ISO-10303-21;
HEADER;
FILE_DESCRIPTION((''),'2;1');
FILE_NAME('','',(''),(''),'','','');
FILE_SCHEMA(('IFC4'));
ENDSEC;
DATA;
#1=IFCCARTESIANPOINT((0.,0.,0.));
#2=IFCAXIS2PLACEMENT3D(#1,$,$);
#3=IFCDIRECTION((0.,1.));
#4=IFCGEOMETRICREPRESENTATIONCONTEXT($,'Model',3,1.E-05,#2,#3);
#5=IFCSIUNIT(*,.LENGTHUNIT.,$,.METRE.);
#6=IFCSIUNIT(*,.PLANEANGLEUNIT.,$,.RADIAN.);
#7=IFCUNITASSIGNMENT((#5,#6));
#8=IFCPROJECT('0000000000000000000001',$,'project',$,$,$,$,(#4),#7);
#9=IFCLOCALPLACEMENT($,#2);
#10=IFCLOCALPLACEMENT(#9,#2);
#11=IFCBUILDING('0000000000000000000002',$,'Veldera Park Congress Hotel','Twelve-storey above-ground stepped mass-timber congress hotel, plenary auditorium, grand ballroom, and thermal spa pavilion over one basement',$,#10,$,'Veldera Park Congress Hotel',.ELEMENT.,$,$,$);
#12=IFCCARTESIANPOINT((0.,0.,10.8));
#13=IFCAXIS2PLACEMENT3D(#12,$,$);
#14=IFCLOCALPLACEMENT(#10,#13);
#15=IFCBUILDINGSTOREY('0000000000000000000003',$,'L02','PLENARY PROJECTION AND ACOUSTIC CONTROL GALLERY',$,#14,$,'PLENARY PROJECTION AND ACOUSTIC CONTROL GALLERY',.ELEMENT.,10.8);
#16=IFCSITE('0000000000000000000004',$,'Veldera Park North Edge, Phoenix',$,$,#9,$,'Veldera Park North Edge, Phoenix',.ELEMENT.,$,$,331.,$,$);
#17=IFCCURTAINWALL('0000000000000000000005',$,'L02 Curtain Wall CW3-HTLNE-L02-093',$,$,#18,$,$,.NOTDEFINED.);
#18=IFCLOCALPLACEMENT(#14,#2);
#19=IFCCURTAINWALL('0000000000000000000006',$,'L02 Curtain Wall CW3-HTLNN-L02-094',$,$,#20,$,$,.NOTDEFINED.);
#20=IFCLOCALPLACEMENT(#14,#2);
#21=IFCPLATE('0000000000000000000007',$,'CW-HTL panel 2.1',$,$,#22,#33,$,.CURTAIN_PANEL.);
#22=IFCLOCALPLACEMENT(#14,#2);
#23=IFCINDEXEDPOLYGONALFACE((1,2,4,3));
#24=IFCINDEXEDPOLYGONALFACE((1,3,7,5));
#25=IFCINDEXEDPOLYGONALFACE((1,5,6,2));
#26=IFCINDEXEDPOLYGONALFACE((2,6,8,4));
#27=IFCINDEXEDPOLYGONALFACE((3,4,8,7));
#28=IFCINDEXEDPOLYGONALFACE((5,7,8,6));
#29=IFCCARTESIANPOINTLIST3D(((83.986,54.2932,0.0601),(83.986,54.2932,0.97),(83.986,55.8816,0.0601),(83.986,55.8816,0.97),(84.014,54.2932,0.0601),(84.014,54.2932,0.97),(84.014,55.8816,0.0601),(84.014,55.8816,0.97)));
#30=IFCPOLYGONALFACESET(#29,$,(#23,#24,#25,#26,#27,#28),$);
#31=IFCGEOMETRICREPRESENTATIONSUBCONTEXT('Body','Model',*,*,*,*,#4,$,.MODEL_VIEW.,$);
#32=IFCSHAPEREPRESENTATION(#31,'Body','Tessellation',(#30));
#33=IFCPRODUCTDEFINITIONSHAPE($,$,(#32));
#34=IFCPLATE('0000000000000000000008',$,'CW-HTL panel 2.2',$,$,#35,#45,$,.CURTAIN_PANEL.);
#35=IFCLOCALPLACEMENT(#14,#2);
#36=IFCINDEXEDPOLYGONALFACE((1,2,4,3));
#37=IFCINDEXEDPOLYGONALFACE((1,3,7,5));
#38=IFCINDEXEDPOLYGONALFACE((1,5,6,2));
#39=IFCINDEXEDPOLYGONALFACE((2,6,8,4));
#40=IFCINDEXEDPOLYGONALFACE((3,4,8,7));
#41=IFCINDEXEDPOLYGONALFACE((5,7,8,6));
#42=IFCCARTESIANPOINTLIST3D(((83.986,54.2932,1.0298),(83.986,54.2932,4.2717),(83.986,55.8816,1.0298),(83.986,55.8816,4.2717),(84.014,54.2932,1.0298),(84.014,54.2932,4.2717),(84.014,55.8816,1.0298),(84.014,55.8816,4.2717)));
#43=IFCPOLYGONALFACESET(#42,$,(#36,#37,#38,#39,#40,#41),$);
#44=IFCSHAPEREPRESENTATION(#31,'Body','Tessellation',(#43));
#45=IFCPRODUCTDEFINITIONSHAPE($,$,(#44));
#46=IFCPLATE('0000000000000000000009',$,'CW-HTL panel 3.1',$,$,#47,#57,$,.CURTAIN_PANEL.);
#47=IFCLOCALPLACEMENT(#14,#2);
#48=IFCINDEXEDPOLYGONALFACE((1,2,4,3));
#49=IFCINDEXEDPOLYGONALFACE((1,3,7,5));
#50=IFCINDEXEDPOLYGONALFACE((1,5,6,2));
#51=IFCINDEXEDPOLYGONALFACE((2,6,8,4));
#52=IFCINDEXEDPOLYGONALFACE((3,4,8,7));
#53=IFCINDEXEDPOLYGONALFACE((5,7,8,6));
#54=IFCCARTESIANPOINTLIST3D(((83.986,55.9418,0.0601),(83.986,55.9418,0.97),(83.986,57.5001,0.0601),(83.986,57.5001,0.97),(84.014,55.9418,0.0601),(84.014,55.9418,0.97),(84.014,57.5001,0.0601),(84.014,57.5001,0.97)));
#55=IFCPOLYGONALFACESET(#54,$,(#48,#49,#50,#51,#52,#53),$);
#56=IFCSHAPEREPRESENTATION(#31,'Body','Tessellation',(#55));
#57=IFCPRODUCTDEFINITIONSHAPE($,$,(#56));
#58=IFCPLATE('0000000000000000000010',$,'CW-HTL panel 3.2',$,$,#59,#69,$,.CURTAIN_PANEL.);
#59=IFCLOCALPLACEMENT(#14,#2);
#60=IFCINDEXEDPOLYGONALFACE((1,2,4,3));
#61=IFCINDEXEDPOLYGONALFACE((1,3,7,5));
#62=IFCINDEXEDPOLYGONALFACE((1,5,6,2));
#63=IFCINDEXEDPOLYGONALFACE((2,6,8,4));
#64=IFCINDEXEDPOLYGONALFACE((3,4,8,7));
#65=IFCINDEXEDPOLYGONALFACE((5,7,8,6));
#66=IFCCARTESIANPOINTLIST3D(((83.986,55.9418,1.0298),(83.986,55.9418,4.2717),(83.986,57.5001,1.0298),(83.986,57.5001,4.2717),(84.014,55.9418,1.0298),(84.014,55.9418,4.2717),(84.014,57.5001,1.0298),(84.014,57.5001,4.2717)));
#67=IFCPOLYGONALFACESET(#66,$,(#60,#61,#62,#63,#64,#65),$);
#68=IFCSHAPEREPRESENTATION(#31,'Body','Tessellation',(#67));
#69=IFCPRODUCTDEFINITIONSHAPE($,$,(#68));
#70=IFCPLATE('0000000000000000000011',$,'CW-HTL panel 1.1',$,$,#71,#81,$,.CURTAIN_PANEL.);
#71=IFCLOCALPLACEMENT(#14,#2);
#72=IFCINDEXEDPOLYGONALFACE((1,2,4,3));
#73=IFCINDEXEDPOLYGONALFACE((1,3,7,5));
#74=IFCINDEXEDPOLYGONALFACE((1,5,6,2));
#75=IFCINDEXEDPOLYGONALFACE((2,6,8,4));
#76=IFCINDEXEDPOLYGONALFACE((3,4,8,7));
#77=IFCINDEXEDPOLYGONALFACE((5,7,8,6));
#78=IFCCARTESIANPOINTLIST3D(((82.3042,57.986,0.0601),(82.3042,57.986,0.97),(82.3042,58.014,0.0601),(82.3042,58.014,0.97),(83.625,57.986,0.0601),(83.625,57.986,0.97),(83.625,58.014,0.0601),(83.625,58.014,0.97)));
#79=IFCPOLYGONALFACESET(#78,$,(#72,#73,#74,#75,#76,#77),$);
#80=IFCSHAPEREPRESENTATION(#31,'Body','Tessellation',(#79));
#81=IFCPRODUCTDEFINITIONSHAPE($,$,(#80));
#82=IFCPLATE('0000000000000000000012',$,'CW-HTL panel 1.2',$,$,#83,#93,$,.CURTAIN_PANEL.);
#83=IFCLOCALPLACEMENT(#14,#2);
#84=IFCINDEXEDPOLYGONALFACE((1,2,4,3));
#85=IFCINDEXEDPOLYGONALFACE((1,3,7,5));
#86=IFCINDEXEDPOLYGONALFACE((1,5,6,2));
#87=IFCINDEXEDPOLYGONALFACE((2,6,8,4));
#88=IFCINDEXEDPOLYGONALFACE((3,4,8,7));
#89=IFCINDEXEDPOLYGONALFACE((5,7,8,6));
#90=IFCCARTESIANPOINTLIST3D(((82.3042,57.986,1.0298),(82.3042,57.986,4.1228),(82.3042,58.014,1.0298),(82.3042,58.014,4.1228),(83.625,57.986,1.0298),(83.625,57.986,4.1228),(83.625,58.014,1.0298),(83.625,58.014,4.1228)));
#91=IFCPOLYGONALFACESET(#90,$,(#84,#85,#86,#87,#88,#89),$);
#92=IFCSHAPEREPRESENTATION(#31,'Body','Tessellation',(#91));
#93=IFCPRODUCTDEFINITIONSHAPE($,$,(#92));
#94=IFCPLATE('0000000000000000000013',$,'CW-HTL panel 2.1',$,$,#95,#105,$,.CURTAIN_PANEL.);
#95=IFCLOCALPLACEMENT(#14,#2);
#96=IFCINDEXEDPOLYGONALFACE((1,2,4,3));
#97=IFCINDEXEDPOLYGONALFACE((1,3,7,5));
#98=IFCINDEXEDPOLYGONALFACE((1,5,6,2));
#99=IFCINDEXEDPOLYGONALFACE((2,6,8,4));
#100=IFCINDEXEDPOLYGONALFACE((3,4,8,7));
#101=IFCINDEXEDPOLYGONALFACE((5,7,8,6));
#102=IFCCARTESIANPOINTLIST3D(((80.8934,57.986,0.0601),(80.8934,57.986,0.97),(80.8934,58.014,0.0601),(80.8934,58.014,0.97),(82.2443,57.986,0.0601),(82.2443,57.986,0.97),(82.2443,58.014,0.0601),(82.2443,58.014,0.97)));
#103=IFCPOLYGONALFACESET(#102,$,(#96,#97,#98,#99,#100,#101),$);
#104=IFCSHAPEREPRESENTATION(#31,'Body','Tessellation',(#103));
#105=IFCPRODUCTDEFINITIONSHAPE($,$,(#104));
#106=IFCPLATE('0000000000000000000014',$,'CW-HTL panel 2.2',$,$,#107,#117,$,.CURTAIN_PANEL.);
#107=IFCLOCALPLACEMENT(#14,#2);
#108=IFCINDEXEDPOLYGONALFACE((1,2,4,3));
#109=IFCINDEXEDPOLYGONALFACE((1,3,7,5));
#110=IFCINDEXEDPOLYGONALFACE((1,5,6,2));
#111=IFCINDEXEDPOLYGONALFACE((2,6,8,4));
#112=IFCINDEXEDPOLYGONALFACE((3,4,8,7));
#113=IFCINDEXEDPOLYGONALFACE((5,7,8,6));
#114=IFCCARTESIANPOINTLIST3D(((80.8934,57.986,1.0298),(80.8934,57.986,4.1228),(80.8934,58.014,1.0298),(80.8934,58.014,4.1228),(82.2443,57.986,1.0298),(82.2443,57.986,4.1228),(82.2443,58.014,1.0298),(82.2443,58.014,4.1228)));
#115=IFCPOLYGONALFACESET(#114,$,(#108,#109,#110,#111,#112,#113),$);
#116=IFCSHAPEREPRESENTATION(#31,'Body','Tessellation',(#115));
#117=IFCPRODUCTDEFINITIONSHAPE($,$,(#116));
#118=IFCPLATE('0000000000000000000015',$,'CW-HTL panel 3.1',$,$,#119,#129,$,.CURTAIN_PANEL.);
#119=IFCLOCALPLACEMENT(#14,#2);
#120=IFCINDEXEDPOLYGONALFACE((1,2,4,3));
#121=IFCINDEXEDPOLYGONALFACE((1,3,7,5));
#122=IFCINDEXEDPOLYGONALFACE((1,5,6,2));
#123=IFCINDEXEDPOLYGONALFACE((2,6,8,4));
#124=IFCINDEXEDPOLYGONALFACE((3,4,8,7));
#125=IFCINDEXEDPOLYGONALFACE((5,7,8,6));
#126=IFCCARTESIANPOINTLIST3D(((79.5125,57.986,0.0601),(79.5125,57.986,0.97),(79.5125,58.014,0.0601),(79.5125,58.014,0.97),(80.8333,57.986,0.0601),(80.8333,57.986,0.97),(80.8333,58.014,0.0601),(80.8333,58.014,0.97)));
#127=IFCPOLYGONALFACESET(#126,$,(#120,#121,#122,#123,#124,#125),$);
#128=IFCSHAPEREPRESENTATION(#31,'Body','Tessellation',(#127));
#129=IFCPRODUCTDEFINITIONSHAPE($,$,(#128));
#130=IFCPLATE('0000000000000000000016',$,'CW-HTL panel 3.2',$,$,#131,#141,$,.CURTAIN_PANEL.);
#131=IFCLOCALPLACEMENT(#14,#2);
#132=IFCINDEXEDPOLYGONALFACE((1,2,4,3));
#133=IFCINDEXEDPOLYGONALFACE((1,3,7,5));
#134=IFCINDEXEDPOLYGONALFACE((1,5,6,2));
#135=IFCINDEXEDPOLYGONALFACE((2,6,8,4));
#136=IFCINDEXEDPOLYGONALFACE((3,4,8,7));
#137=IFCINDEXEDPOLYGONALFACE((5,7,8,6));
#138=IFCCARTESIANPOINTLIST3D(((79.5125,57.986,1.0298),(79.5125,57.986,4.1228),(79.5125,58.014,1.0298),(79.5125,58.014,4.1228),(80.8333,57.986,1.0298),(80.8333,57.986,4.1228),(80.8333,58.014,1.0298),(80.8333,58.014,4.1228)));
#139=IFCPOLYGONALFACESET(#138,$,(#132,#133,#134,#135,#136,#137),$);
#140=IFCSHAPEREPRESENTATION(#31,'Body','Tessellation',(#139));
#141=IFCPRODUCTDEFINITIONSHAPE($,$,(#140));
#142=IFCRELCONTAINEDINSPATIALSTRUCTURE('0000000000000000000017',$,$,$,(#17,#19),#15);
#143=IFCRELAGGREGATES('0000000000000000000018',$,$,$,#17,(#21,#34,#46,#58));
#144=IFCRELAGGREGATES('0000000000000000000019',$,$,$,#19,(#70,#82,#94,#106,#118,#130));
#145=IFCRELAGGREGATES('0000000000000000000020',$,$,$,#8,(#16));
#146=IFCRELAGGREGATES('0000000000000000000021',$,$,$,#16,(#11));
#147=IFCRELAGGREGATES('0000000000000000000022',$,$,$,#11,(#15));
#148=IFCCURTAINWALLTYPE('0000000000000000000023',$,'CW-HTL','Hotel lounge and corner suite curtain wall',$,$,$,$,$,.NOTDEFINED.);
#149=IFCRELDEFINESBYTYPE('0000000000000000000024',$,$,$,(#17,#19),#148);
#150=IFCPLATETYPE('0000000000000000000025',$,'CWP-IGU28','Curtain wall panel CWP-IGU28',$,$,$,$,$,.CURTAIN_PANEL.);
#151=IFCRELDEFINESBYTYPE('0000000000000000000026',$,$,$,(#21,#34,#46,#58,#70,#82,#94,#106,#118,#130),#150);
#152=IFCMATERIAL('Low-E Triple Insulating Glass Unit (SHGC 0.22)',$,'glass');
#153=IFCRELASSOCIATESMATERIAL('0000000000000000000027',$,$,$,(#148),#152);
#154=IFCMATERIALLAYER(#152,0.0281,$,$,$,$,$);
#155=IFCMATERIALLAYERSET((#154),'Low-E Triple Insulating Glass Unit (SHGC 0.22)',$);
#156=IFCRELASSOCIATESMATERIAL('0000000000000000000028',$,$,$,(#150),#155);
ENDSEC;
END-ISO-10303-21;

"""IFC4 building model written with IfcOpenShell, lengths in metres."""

from ifc_helpers import new_model, si_unit, direction, frame, origin, origin_2d, place, context, subcontext, project, spatial, rectangle, extrude, material, layer, layer_set, type_object, element, aggregate, save


model = new_model("IFC4")

# Units and contexts
model_context = context("Model", 3, precision=1e-05, world=origin(), true_north=direction((0.0, 1.0)))
body_context = subcontext(model_context, "Body", "Model", "MODEL_VIEW")
ifc_project = project(units=[si_unit("LENGTHUNIT", "METRE"), si_unit("PLANEANGLEUNIT", "RADIAN")], contexts=[model_context])

# Site, building, storey
site_placement = place(None, origin())
site = spatial("IfcSite", under=ifc_project, at=site_placement, Name="Veldera Park North Edge, Phoenix", LongName="Veldera Park North Edge, Phoenix", CompositionType="ELEMENT", RefElevation=331.0)
building_placement = place(site_placement, origin())
building = spatial("IfcBuilding", under=site, at=building_placement, Name="Veldera Park Congress Hotel", Description="Twelve-storey above-ground stepped mass-timber congress hotel, plenary auditorium, grand ballroom, and thermal spa pavilion over one basement", LongName="Veldera Park Congress Hotel", CompositionType="ELEMENT")
storey_placement = place(building_placement, frame((0.0, 0.0, 10.8)))
storey = spatial("IfcBuildingStorey", under=building, at=storey_placement, Name="L02", Description="PLENARY PROJECTION AND ACOUSTIC CONTROL GALLERY", LongName="PLENARY PROJECTION AND ACOUSTIC CONTROL GALLERY", CompositionType="ELEMENT", Elevation=10.8)

# Curtain walls
ifc_material_1 = material(Name="Low-E Triple Insulating Glass Unit (SHGC 0.22)", Category="glass")
curtain_wall_type = type_object("IfcCurtainWallType", Name="CW-HTL", Description="Hotel lounge and corner suite curtain wall", PredefinedType="NOTDEFINED", material=ifc_material_1)
curtain_wall_1_placement = place(storey_placement, origin())
curtain_wall_1 = element("IfcCurtainWall", 1, at=curtain_wall_1_placement, inside=storey, type_object=curtain_wall_type, Name="L02 Curtain Wall CW3-HTLNE-L02-093", PredefinedType="NOTDEFINED")
curtain_wall_2_placement = place(storey_placement, origin())
curtain_wall_2 = element("IfcCurtainWall", 2, at=curtain_wall_2_placement, inside=storey, type_object=curtain_wall_type, Name="L02 Curtain Wall CW3-HTLNN-L02-094", PredefinedType="NOTDEFINED")

# Plates
ifc_layer = layer(ifc_material_1, 0.0281)
ifc_layer_set = layer_set([ifc_layer], Name="Low-E Triple Insulating Glass Unit (SHGC 0.22)")
plate_type = type_object("IfcPlateType", Name="CWP-IGU28", Description="Curtain wall panel CWP-IGU28", PredefinedType="CURTAIN_PANEL", material=ifc_layer_set)
plate_1_placement = place(storey_placement, frame((84.0, 55.0874, 0.0601), z_axis=(0.0, 0.0, 1.0), x_axis=(0.0, 1.0, 0.0)))
plate_1 = element("IfcPlate", 3, at=plate_1_placement, type_object=plate_type, Name="CW-HTL panel 2.1", PredefinedType="CURTAIN_PANEL", context=body_context, shape_type="SweptSolid", body=[
    extrude(rectangle(XDim=1.5884, YDim=0.0281, at=origin_2d()), origin(), (0.0, 0.0, 1.0), 0.9099),
])
plate_2_placement = place(storey_placement, frame((84.0, 55.0874, 1.0298), z_axis=(0.0, 0.0, 1.0), x_axis=(0.0, 1.0, 0.0)))
plate_2 = element("IfcPlate", 4, at=plate_2_placement, type_object=plate_type, Name="CW-HTL panel 2.2", PredefinedType="CURTAIN_PANEL", context=body_context, shape_type="SweptSolid", body=[
    extrude(rectangle(XDim=1.5884, YDim=0.0281, at=origin_2d()), origin(), (0.0, 0.0, 1.0), 3.2419),
])
plate_3_placement = place(storey_placement, frame((84.0, 56.7209, 0.0601), z_axis=(0.0, 0.0, 1.0), x_axis=(0.0, 1.0, 0.0)))
plate_3 = element("IfcPlate", 5, at=plate_3_placement, type_object=plate_type, Name="CW-HTL panel 3.1", PredefinedType="CURTAIN_PANEL", context=body_context, shape_type="SweptSolid", body=[
    extrude(rectangle(XDim=1.5583, YDim=0.0281, at=origin_2d()), origin(), (0.0, 0.0, 1.0), 0.9099),
])
plate_4_placement = place(storey_placement, frame((84.0, 56.7209, 1.0298), z_axis=(0.0, 0.0, 1.0), x_axis=(0.0, 1.0, 0.0)))
plate_4 = element("IfcPlate", 6, at=plate_4_placement, type_object=plate_type, Name="CW-HTL panel 3.2", PredefinedType="CURTAIN_PANEL", context=body_context, shape_type="SweptSolid", body=[
    extrude(rectangle(XDim=1.5583, YDim=0.0281, at=origin_2d()), origin(), (0.0, 0.0, 1.0), 3.2419),
])
aggregate(curtain_wall_1, [plate_1, plate_2, plate_3, plate_4])
plate_5_placement = place(storey_placement, frame((82.9646, 58.0, 0.0601), z_axis=(0.0, 0.0, 1.0), x_axis=(-1.0, 0.0, 0.0)))
plate_5 = element("IfcPlate", 7, at=plate_5_placement, type_object=plate_type, Name="CW-HTL panel 1.1", PredefinedType="CURTAIN_PANEL", context=body_context, shape_type="SweptSolid", body=[
    extrude(rectangle(XDim=1.3208, YDim=0.0281, at=origin_2d()), origin(), (0.0, 0.0, 1.0), 0.9099),
])
plate_6_placement = place(storey_placement, frame((82.9646, 58.0, 1.0298), z_axis=(0.0, 0.0, 1.0), x_axis=(-1.0, 0.0, 0.0)))
plate_6 = element("IfcPlate", 8, at=plate_6_placement, type_object=plate_type, Name="CW-HTL panel 1.2", PredefinedType="CURTAIN_PANEL", context=body_context, shape_type="SweptSolid", body=[
    extrude(rectangle(XDim=1.3208, YDim=0.0281, at=origin_2d()), origin(), (0.0, 0.0, 1.0), 3.093),
])
plate_7_placement = place(storey_placement, frame((81.5688, 58.0, 0.0601), z_axis=(0.0, 0.0, 1.0), x_axis=(-1.0, 0.0, 0.0)))
plate_7 = element("IfcPlate", 9, at=plate_7_placement, type_object=plate_type, Name="CW-HTL panel 2.1", PredefinedType="CURTAIN_PANEL", context=body_context, shape_type="SweptSolid", body=[
    extrude(rectangle(XDim=1.3508, YDim=0.0281, at=origin_2d()), origin(), (0.0, 0.0, 1.0), 0.9099),
])
plate_8_placement = place(storey_placement, frame((81.5688, 58.0, 1.0298), z_axis=(0.0, 0.0, 1.0), x_axis=(-1.0, 0.0, 0.0)))
plate_8 = element("IfcPlate", 10, at=plate_8_placement, type_object=plate_type, Name="CW-HTL panel 2.2", PredefinedType="CURTAIN_PANEL", context=body_context, shape_type="SweptSolid", body=[
    extrude(rectangle(XDim=1.3508, YDim=0.0281, at=origin_2d()), origin(), (0.0, 0.0, 1.0), 3.093),
])
plate_9_placement = place(storey_placement, frame((80.1729, 58.0, 0.0601), z_axis=(0.0, 0.0, 1.0), x_axis=(-1.0, 0.0, 0.0)))
plate_9 = element("IfcPlate", 11, at=plate_9_placement, type_object=plate_type, Name="CW-HTL panel 3.1", PredefinedType="CURTAIN_PANEL", context=body_context, shape_type="SweptSolid", body=[
    extrude(rectangle(XDim=1.3208, YDim=0.0281, at=origin_2d()), origin(), (0.0, 0.0, 1.0), 0.9099),
])
plate_10_placement = place(storey_placement, frame((80.1729, 58.0, 1.0298), z_axis=(0.0, 0.0, 1.0), x_axis=(-1.0, 0.0, 0.0)))
plate_10 = element("IfcPlate", 12, at=plate_10_placement, type_object=plate_type, Name="CW-HTL panel 3.2", PredefinedType="CURTAIN_PANEL", context=body_context, shape_type="SweptSolid", body=[
    extrude(rectangle(XDim=1.3208, YDim=0.0281, at=origin_2d()), origin(), (0.0, 0.0, 1.0), 3.093),
])
aggregate(curtain_wall_2, [plate_5, plate_6, plate_7, plate_8, plate_9, plate_10])

save(model, "model.ifc")
